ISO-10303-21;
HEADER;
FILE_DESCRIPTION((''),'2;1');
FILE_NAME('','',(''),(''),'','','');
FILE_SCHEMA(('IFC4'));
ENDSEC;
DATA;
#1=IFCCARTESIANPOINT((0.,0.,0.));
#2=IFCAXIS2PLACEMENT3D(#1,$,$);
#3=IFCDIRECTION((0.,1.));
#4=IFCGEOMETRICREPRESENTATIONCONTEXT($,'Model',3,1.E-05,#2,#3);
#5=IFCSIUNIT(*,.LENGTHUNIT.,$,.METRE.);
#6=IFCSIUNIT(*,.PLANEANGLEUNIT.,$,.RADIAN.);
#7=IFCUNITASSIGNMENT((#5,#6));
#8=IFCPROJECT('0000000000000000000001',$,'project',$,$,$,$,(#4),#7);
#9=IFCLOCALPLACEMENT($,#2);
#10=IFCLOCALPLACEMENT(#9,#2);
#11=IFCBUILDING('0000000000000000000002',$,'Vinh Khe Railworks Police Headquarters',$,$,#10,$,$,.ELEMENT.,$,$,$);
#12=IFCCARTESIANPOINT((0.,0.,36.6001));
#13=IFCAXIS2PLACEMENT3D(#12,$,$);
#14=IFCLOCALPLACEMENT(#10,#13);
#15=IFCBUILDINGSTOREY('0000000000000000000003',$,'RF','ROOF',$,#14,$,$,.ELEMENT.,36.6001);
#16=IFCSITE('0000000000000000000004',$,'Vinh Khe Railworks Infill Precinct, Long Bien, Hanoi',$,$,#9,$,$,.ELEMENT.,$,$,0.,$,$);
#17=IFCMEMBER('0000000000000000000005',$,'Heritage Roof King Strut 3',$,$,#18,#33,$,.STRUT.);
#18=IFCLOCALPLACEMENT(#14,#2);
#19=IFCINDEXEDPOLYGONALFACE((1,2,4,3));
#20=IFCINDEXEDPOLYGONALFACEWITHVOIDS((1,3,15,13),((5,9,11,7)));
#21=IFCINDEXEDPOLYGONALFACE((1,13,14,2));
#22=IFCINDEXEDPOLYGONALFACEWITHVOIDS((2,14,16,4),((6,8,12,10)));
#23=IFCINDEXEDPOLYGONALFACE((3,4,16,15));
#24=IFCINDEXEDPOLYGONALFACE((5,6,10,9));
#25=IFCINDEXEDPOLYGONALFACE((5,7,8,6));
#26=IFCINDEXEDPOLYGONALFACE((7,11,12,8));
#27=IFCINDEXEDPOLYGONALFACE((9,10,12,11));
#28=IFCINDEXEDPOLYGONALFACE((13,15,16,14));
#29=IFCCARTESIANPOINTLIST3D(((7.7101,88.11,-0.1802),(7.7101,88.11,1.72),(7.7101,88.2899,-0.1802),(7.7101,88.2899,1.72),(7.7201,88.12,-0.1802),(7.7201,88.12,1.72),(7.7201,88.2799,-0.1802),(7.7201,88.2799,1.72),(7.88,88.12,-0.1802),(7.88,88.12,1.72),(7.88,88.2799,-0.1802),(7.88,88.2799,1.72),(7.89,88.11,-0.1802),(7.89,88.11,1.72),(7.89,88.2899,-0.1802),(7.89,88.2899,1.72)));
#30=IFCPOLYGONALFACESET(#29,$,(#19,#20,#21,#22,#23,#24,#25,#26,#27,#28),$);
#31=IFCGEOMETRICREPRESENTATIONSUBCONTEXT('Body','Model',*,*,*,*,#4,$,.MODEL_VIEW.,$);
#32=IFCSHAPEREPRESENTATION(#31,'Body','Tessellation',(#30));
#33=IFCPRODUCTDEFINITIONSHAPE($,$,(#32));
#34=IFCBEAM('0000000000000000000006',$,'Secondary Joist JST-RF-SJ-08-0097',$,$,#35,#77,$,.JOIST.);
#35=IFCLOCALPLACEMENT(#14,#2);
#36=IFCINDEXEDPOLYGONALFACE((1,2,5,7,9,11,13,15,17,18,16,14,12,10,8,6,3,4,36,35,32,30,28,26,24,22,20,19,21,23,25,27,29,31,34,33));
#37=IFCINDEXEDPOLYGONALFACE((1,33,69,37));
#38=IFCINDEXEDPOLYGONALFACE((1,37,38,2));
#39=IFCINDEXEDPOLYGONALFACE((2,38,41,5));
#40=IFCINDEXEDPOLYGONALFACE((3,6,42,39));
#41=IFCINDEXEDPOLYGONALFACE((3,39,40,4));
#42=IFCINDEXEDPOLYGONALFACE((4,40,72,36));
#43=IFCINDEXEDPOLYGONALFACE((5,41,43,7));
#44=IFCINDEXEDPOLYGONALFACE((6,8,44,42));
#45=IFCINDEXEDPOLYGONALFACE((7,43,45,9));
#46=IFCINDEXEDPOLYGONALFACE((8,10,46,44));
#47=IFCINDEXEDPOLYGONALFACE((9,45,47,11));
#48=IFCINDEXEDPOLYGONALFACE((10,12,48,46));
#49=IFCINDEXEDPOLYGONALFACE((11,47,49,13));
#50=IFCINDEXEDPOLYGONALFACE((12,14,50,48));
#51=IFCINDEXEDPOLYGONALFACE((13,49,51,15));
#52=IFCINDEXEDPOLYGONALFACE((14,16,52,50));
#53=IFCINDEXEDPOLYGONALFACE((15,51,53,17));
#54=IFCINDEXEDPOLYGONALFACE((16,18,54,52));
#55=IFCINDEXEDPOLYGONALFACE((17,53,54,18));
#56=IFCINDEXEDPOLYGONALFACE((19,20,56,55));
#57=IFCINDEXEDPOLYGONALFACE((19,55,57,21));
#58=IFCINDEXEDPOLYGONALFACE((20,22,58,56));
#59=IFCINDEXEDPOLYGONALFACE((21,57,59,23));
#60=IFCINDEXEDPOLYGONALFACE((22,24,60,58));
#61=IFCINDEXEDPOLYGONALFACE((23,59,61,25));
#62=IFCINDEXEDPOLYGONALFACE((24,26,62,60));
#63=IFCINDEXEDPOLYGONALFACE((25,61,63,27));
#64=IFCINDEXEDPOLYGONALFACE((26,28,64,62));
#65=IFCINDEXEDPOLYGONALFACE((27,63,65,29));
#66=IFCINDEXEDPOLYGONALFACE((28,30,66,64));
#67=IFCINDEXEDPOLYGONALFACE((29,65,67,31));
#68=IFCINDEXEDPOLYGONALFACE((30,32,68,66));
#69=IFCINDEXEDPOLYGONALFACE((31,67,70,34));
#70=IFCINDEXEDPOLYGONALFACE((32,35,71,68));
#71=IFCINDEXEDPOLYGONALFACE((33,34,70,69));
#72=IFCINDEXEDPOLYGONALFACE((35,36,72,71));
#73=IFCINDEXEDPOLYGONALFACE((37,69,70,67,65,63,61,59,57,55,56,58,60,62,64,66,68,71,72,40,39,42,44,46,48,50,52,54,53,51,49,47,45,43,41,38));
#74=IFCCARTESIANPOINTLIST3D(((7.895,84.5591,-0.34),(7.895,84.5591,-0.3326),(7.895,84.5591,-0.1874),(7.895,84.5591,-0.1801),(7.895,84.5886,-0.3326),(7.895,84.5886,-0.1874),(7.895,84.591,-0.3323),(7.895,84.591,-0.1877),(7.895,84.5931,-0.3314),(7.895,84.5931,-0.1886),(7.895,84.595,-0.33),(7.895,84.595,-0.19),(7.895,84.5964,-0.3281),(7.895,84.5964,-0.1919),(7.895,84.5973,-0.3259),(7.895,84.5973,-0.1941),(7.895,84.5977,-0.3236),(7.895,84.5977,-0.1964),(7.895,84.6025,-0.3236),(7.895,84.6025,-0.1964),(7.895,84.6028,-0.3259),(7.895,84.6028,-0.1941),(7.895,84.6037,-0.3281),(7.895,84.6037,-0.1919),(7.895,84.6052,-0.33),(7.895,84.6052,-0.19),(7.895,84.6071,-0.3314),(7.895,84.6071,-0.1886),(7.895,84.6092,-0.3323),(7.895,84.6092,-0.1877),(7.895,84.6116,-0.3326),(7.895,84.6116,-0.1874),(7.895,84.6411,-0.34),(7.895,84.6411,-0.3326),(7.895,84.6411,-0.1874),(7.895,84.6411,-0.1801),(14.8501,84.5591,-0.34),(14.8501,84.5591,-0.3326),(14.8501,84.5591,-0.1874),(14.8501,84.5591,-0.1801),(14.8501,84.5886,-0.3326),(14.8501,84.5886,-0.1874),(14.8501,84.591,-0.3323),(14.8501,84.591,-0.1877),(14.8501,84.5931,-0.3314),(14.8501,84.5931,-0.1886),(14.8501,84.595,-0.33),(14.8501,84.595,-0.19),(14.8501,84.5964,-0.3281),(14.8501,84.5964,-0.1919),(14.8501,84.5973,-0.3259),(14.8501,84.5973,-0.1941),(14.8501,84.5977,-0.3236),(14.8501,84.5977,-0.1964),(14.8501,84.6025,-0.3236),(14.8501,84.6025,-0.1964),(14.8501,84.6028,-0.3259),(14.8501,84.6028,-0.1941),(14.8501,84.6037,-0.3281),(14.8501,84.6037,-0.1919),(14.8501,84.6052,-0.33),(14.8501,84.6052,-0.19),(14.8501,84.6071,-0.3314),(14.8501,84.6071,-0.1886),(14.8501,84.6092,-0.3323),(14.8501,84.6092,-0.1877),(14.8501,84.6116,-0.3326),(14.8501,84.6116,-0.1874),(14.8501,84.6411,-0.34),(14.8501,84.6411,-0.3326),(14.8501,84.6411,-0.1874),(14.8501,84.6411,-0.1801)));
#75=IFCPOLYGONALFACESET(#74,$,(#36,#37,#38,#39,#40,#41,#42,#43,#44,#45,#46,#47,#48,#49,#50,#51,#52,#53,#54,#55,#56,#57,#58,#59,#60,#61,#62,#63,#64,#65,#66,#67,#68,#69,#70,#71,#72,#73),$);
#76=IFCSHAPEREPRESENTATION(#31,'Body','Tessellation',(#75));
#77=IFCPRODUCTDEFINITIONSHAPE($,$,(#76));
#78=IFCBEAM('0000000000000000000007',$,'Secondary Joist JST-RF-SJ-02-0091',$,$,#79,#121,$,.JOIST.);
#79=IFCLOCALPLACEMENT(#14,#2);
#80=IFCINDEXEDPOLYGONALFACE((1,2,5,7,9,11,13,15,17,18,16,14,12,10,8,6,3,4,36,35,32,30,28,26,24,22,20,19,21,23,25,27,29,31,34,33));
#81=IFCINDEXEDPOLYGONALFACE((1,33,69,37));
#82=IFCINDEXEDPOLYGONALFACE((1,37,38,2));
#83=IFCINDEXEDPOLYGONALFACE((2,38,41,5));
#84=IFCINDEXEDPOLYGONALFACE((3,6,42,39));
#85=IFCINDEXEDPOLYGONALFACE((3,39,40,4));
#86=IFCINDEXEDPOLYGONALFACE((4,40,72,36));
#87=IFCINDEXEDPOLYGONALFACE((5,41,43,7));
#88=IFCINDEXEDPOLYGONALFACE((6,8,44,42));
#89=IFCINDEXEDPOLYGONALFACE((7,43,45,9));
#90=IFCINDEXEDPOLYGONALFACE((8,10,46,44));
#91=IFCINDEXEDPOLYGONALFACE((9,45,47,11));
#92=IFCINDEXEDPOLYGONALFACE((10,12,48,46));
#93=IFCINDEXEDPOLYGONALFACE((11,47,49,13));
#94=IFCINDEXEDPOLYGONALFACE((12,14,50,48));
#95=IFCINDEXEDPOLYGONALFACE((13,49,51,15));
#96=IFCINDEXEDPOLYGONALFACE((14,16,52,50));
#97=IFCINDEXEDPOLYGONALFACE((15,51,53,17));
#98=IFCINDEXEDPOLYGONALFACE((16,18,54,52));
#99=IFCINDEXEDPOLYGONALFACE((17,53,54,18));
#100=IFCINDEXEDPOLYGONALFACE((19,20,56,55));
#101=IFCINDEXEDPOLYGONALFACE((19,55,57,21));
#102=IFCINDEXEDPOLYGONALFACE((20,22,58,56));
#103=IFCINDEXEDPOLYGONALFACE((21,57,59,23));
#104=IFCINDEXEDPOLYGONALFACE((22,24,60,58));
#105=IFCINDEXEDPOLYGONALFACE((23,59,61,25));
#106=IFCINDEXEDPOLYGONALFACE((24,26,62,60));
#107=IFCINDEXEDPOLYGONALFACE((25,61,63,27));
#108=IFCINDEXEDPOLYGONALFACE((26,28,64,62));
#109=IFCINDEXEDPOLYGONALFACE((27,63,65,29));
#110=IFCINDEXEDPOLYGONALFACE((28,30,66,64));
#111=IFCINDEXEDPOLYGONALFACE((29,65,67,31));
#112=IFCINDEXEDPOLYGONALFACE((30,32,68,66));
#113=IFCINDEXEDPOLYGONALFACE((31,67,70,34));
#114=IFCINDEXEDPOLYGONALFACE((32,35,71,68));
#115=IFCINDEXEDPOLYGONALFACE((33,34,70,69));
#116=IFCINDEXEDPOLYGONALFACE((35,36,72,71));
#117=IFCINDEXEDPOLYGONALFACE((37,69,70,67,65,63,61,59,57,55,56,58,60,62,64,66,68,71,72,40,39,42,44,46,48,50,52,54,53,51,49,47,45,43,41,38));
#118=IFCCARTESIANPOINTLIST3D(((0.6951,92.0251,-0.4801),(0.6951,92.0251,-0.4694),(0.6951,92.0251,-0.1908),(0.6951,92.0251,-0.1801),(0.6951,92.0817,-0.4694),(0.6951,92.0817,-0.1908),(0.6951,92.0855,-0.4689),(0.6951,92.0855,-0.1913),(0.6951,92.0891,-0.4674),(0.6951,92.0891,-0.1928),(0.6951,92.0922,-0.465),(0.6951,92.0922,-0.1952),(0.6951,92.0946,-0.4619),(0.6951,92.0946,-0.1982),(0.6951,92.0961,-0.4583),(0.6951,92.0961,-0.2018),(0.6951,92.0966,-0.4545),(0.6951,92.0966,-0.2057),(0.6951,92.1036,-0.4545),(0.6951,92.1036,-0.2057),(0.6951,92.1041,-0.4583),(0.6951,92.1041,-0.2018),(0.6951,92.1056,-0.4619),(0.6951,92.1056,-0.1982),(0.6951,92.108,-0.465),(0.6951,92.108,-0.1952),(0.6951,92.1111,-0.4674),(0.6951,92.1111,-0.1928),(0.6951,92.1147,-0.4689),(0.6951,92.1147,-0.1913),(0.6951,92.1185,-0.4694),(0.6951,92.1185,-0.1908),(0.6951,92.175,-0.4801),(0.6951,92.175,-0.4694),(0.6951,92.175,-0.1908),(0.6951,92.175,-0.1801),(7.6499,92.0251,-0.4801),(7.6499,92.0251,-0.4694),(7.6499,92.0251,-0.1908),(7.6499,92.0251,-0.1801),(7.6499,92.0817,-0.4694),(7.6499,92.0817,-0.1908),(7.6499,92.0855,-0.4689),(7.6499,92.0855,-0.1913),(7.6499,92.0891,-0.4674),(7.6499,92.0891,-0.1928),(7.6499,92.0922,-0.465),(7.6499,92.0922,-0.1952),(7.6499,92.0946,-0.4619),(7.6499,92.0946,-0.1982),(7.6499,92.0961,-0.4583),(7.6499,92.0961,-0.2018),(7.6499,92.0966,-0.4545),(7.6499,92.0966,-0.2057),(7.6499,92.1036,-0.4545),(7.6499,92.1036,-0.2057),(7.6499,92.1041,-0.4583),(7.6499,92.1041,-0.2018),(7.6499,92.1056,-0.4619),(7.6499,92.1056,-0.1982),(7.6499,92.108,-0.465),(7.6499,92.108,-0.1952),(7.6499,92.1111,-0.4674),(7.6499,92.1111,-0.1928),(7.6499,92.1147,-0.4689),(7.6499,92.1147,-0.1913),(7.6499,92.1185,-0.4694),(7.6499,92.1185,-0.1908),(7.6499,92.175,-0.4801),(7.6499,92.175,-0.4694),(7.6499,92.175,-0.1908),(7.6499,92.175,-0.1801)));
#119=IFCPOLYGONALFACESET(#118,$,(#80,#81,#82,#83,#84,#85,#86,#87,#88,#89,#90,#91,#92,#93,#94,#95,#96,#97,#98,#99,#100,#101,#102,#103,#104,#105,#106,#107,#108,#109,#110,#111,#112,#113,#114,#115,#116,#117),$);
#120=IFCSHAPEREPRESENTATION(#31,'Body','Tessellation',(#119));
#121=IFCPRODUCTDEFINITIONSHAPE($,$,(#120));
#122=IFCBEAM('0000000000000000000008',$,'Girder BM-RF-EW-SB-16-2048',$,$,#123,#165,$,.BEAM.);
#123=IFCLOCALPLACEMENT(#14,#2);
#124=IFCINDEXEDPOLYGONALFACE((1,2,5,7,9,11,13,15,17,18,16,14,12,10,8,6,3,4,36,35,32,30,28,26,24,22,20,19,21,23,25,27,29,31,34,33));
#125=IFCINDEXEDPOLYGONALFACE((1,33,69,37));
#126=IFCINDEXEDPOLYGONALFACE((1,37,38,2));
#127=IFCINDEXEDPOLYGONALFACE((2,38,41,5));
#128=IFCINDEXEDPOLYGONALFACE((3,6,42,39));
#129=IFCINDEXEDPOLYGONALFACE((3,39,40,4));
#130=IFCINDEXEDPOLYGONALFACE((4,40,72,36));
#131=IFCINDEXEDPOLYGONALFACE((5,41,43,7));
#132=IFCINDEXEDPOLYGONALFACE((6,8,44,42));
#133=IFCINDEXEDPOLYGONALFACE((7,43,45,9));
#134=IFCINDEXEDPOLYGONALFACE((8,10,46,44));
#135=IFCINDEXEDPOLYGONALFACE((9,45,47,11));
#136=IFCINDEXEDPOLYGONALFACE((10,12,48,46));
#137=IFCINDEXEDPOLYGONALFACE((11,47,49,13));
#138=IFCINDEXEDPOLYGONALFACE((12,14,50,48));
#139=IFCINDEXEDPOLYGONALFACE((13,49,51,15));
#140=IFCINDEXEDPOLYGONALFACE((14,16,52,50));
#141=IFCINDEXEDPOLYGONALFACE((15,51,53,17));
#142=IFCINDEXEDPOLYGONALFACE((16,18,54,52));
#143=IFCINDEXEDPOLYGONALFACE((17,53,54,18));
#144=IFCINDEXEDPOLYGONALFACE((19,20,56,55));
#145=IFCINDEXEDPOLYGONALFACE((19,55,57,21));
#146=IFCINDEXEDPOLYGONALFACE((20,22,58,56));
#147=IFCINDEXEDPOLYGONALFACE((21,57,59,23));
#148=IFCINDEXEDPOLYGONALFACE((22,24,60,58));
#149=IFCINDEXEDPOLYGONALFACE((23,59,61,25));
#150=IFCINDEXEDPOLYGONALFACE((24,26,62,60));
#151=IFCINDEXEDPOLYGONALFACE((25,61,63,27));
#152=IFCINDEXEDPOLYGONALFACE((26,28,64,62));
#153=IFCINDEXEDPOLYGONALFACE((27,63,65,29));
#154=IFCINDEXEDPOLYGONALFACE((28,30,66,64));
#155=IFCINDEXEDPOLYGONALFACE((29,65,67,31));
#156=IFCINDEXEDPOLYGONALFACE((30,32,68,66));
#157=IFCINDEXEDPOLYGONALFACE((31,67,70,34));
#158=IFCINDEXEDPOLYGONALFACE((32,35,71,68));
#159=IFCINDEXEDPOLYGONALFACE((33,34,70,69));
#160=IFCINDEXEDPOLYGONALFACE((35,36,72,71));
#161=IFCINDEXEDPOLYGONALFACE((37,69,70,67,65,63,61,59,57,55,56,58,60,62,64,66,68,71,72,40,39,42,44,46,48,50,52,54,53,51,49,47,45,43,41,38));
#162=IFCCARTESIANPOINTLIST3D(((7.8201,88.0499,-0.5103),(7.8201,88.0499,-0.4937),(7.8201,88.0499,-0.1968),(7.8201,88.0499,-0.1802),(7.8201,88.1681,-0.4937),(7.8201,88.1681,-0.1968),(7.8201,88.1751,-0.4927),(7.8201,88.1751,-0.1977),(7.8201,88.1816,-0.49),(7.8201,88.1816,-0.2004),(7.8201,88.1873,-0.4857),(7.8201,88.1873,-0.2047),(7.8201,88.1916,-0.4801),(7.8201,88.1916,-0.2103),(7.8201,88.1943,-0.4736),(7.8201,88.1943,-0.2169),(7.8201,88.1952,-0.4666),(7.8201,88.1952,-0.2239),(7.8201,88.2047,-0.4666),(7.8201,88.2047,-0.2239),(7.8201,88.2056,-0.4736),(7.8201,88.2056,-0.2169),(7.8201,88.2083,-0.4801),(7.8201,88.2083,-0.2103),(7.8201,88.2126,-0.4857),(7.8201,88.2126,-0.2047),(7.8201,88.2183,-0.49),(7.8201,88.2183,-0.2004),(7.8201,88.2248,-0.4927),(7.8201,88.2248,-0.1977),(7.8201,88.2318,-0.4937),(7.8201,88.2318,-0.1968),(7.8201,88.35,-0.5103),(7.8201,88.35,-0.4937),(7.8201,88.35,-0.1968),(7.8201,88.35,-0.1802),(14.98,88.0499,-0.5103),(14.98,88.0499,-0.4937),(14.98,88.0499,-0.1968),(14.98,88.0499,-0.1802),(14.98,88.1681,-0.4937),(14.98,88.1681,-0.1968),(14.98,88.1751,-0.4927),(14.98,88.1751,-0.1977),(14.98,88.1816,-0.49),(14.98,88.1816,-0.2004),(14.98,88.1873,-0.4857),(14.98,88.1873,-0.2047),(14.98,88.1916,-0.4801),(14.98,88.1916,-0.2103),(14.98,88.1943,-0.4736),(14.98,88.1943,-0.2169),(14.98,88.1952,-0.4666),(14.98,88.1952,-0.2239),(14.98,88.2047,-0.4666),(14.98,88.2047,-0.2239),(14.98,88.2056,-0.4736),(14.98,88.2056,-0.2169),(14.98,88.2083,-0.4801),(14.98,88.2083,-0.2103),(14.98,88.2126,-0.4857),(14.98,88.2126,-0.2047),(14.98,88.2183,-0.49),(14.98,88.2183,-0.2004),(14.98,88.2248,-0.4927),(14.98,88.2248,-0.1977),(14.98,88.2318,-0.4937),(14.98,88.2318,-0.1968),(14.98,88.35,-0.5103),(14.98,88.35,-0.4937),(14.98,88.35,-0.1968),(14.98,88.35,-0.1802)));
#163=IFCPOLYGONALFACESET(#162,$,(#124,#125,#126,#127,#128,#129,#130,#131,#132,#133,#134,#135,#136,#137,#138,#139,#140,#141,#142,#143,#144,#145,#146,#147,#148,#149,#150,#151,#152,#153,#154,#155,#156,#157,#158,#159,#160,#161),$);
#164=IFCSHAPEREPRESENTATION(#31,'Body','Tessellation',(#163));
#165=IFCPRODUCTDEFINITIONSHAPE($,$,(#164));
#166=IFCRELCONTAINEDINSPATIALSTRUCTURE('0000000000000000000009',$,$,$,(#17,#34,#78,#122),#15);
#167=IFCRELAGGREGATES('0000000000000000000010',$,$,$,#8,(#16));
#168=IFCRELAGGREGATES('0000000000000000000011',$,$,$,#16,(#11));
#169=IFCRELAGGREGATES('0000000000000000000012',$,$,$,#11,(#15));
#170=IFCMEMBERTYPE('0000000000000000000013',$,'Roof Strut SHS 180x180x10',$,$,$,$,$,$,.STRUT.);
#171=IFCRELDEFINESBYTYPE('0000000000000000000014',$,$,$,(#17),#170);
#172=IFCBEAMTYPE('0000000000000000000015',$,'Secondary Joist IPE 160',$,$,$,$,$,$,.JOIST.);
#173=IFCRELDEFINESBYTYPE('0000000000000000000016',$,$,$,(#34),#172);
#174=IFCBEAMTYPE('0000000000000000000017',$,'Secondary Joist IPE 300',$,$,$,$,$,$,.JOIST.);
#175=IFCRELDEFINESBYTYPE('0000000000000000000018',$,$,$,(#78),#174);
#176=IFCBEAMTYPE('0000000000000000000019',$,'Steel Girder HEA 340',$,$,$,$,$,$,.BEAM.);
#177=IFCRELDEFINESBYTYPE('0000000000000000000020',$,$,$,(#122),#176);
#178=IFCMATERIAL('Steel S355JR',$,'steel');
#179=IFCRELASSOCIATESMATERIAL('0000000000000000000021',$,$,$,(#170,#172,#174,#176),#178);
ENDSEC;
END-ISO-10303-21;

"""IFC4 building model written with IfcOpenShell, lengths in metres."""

from ifc_helpers import new_model, si_unit, direction, frame, origin, origin_2d, place, context, subcontext, project, spatial, hollow_rectangle, i_section, extrude, material, material_profile, profile_set, type_object, element, save


model = new_model("IFC4")

# Units and contexts
model_context = context("Model", 3, precision=1e-05, world=origin(), true_north=direction((0.0, 1.0)))
body_context = subcontext(model_context, "Body", "Model", "MODEL_VIEW")
ifc_project = project(units=[si_unit("LENGTHUNIT", "METRE"), si_unit("PLANEANGLEUNIT", "RADIAN")], contexts=[model_context])

# Site, building, storey
site_placement = place(None, origin())
site = spatial("IfcSite", under=ifc_project, at=site_placement, Name="Vinh Khe Railworks Infill Precinct, Long Bien, Hanoi", CompositionType="ELEMENT", RefElevation=0.0)
building_placement = place(site_placement, origin())
building = spatial("IfcBuilding", under=site, at=building_placement, Name="Vinh Khe Railworks Police Headquarters", CompositionType="ELEMENT")
storey_placement = place(building_placement, frame((0.0, 0.0, 36.6001)))
storey = spatial("IfcBuildingStorey", under=building, at=storey_placement, Name="RF", Description="ROOF", CompositionType="ELEMENT", Elevation=36.6001)

# Member
ifc_material_1 = material(Name="Steel S355JR", Category="steel")
ifc_material_profile_1 = material_profile(ifc_material_1, hollow_rectangle(XDim=0.1799, YDim=0.1799, WallThickness=0.01, at=origin_2d()), Name="SHS 180x180x10")
ifc_profile_set_1 = profile_set([ifc_material_profile_1], Name="Steel S355JR")
member_type_1 = type_object("IfcMemberType", Name="Roof Strut SHS 180x180x10", PredefinedType="STRUT", material=ifc_profile_set_1)
member_placement = place(storey_placement, frame((7.8, 88.2, -0.1802), z_axis=(0.0, 0.0, 1.0), x_axis=(1.0, 0.0, 0.0)))
element("IfcMember", 1, at=member_placement, inside=storey, type_object=member_type_1, Name="Heritage Roof King Strut 3", PredefinedType="STRUT", context=body_context, shape_type="SweptSolid", body=[
    extrude(hollow_rectangle(XDim=0.1799, YDim=0.1799, WallThickness=0.01, at=origin_2d()), origin(), (0.0, 0.0, 1.0), 1.9001),
])

# Beams
ifc_material_profile_2 = material_profile(ifc_material_1, i_section(OverallWidth=0.082, OverallDepth=0.1599, WebThickness=0.0049, FlangeThickness=0.0073, FilletRadius=0.009, at=origin_2d()), Name="IPE 160")
ifc_profile_set_2 = profile_set([ifc_material_profile_2], Name="Steel S355JR")
beam_type_1 = type_object("IfcBeamType", Name="Secondary Joist IPE 160", PredefinedType="JOIST", material=ifc_profile_set_2)
beam_1_placement = place(storey_placement, frame((7.895, 84.6001, -0.26), z_axis=(1.0, 0.0, 0.0), x_axis=(0.0, 1.0, 0.0)))
element("IfcBeam", 2, at=beam_1_placement, inside=storey, type_object=beam_type_1, Name="Secondary Joist JST-RF-SJ-08-0097", PredefinedType="JOIST", context=body_context, shape_type="SweptSolid", body=[
    extrude(i_section(OverallWidth=0.082, OverallDepth=0.1599, WebThickness=0.0049, FlangeThickness=0.0073, FilletRadius=0.009, at=origin_2d()), origin(), (0.0, 0.0, 1.0), 6.9551),
])
ifc_material_profile_3 = material_profile(ifc_material_1, i_section(OverallWidth=0.1499, OverallDepth=0.3, WebThickness=0.0071, FlangeThickness=0.0107, FilletRadius=0.0149, at=origin_2d()), Name="IPE 300")
ifc_profile_set_3 = profile_set([ifc_material_profile_3], Name="Steel S355JR")
beam_type_2 = type_object("IfcBeamType", Name="Secondary Joist IPE 300", PredefinedType="JOIST", material=ifc_profile_set_3)
beam_2_placement = place(storey_placement, frame((0.6951, 92.1001, -0.3301), z_axis=(1.0, 0.0, 0.0), x_axis=(0.0, 1.0, 0.0)))
element("IfcBeam", 3, at=beam_2_placement, inside=storey, type_object=beam_type_2, Name="Secondary Joist JST-RF-SJ-02-0091", PredefinedType="JOIST", context=body_context, shape_type="SweptSolid", body=[
    extrude(i_section(OverallWidth=0.1499, OverallDepth=0.3, WebThickness=0.0071, FlangeThickness=0.0107, FilletRadius=0.0149, at=origin_2d()), origin(), (0.0, 0.0, 1.0), 6.9548),
])
ifc_material_profile_4 = material_profile(ifc_material_1, i_section(OverallWidth=0.3, OverallDepth=0.3301, WebThickness=0.0095, FlangeThickness=0.0166, FilletRadius=0.0271, at=origin_2d()), Name="HEA 340")
ifc_profile_set_4 = profile_set([ifc_material_profile_4], Name="Steel S355JR")
beam_type_3 = type_object("IfcBeamType", Name="Steel Girder HEA 340", PredefinedType="BEAM", material=ifc_profile_set_4)
beam_3_placement = place(storey_placement, frame((7.8201, 88.2, -0.3452), z_axis=(1.0, 0.0, 0.0), x_axis=(0.0, 1.0, 0.0)))
element("IfcBeam", 4, at=beam_3_placement, inside=storey, type_object=beam_type_3, Name="Girder BM-RF-EW-SB-16-2048", PredefinedType="BEAM", context=body_context, shape_type="SweptSolid", body=[
    extrude(i_section(OverallWidth=0.3, OverallDepth=0.3301, WebThickness=0.0095, FlangeThickness=0.0166, FilletRadius=0.0271, at=origin_2d()), origin(), (0.0, 0.0, 1.0), 7.1599),
])

save(model, "model.ifc")
